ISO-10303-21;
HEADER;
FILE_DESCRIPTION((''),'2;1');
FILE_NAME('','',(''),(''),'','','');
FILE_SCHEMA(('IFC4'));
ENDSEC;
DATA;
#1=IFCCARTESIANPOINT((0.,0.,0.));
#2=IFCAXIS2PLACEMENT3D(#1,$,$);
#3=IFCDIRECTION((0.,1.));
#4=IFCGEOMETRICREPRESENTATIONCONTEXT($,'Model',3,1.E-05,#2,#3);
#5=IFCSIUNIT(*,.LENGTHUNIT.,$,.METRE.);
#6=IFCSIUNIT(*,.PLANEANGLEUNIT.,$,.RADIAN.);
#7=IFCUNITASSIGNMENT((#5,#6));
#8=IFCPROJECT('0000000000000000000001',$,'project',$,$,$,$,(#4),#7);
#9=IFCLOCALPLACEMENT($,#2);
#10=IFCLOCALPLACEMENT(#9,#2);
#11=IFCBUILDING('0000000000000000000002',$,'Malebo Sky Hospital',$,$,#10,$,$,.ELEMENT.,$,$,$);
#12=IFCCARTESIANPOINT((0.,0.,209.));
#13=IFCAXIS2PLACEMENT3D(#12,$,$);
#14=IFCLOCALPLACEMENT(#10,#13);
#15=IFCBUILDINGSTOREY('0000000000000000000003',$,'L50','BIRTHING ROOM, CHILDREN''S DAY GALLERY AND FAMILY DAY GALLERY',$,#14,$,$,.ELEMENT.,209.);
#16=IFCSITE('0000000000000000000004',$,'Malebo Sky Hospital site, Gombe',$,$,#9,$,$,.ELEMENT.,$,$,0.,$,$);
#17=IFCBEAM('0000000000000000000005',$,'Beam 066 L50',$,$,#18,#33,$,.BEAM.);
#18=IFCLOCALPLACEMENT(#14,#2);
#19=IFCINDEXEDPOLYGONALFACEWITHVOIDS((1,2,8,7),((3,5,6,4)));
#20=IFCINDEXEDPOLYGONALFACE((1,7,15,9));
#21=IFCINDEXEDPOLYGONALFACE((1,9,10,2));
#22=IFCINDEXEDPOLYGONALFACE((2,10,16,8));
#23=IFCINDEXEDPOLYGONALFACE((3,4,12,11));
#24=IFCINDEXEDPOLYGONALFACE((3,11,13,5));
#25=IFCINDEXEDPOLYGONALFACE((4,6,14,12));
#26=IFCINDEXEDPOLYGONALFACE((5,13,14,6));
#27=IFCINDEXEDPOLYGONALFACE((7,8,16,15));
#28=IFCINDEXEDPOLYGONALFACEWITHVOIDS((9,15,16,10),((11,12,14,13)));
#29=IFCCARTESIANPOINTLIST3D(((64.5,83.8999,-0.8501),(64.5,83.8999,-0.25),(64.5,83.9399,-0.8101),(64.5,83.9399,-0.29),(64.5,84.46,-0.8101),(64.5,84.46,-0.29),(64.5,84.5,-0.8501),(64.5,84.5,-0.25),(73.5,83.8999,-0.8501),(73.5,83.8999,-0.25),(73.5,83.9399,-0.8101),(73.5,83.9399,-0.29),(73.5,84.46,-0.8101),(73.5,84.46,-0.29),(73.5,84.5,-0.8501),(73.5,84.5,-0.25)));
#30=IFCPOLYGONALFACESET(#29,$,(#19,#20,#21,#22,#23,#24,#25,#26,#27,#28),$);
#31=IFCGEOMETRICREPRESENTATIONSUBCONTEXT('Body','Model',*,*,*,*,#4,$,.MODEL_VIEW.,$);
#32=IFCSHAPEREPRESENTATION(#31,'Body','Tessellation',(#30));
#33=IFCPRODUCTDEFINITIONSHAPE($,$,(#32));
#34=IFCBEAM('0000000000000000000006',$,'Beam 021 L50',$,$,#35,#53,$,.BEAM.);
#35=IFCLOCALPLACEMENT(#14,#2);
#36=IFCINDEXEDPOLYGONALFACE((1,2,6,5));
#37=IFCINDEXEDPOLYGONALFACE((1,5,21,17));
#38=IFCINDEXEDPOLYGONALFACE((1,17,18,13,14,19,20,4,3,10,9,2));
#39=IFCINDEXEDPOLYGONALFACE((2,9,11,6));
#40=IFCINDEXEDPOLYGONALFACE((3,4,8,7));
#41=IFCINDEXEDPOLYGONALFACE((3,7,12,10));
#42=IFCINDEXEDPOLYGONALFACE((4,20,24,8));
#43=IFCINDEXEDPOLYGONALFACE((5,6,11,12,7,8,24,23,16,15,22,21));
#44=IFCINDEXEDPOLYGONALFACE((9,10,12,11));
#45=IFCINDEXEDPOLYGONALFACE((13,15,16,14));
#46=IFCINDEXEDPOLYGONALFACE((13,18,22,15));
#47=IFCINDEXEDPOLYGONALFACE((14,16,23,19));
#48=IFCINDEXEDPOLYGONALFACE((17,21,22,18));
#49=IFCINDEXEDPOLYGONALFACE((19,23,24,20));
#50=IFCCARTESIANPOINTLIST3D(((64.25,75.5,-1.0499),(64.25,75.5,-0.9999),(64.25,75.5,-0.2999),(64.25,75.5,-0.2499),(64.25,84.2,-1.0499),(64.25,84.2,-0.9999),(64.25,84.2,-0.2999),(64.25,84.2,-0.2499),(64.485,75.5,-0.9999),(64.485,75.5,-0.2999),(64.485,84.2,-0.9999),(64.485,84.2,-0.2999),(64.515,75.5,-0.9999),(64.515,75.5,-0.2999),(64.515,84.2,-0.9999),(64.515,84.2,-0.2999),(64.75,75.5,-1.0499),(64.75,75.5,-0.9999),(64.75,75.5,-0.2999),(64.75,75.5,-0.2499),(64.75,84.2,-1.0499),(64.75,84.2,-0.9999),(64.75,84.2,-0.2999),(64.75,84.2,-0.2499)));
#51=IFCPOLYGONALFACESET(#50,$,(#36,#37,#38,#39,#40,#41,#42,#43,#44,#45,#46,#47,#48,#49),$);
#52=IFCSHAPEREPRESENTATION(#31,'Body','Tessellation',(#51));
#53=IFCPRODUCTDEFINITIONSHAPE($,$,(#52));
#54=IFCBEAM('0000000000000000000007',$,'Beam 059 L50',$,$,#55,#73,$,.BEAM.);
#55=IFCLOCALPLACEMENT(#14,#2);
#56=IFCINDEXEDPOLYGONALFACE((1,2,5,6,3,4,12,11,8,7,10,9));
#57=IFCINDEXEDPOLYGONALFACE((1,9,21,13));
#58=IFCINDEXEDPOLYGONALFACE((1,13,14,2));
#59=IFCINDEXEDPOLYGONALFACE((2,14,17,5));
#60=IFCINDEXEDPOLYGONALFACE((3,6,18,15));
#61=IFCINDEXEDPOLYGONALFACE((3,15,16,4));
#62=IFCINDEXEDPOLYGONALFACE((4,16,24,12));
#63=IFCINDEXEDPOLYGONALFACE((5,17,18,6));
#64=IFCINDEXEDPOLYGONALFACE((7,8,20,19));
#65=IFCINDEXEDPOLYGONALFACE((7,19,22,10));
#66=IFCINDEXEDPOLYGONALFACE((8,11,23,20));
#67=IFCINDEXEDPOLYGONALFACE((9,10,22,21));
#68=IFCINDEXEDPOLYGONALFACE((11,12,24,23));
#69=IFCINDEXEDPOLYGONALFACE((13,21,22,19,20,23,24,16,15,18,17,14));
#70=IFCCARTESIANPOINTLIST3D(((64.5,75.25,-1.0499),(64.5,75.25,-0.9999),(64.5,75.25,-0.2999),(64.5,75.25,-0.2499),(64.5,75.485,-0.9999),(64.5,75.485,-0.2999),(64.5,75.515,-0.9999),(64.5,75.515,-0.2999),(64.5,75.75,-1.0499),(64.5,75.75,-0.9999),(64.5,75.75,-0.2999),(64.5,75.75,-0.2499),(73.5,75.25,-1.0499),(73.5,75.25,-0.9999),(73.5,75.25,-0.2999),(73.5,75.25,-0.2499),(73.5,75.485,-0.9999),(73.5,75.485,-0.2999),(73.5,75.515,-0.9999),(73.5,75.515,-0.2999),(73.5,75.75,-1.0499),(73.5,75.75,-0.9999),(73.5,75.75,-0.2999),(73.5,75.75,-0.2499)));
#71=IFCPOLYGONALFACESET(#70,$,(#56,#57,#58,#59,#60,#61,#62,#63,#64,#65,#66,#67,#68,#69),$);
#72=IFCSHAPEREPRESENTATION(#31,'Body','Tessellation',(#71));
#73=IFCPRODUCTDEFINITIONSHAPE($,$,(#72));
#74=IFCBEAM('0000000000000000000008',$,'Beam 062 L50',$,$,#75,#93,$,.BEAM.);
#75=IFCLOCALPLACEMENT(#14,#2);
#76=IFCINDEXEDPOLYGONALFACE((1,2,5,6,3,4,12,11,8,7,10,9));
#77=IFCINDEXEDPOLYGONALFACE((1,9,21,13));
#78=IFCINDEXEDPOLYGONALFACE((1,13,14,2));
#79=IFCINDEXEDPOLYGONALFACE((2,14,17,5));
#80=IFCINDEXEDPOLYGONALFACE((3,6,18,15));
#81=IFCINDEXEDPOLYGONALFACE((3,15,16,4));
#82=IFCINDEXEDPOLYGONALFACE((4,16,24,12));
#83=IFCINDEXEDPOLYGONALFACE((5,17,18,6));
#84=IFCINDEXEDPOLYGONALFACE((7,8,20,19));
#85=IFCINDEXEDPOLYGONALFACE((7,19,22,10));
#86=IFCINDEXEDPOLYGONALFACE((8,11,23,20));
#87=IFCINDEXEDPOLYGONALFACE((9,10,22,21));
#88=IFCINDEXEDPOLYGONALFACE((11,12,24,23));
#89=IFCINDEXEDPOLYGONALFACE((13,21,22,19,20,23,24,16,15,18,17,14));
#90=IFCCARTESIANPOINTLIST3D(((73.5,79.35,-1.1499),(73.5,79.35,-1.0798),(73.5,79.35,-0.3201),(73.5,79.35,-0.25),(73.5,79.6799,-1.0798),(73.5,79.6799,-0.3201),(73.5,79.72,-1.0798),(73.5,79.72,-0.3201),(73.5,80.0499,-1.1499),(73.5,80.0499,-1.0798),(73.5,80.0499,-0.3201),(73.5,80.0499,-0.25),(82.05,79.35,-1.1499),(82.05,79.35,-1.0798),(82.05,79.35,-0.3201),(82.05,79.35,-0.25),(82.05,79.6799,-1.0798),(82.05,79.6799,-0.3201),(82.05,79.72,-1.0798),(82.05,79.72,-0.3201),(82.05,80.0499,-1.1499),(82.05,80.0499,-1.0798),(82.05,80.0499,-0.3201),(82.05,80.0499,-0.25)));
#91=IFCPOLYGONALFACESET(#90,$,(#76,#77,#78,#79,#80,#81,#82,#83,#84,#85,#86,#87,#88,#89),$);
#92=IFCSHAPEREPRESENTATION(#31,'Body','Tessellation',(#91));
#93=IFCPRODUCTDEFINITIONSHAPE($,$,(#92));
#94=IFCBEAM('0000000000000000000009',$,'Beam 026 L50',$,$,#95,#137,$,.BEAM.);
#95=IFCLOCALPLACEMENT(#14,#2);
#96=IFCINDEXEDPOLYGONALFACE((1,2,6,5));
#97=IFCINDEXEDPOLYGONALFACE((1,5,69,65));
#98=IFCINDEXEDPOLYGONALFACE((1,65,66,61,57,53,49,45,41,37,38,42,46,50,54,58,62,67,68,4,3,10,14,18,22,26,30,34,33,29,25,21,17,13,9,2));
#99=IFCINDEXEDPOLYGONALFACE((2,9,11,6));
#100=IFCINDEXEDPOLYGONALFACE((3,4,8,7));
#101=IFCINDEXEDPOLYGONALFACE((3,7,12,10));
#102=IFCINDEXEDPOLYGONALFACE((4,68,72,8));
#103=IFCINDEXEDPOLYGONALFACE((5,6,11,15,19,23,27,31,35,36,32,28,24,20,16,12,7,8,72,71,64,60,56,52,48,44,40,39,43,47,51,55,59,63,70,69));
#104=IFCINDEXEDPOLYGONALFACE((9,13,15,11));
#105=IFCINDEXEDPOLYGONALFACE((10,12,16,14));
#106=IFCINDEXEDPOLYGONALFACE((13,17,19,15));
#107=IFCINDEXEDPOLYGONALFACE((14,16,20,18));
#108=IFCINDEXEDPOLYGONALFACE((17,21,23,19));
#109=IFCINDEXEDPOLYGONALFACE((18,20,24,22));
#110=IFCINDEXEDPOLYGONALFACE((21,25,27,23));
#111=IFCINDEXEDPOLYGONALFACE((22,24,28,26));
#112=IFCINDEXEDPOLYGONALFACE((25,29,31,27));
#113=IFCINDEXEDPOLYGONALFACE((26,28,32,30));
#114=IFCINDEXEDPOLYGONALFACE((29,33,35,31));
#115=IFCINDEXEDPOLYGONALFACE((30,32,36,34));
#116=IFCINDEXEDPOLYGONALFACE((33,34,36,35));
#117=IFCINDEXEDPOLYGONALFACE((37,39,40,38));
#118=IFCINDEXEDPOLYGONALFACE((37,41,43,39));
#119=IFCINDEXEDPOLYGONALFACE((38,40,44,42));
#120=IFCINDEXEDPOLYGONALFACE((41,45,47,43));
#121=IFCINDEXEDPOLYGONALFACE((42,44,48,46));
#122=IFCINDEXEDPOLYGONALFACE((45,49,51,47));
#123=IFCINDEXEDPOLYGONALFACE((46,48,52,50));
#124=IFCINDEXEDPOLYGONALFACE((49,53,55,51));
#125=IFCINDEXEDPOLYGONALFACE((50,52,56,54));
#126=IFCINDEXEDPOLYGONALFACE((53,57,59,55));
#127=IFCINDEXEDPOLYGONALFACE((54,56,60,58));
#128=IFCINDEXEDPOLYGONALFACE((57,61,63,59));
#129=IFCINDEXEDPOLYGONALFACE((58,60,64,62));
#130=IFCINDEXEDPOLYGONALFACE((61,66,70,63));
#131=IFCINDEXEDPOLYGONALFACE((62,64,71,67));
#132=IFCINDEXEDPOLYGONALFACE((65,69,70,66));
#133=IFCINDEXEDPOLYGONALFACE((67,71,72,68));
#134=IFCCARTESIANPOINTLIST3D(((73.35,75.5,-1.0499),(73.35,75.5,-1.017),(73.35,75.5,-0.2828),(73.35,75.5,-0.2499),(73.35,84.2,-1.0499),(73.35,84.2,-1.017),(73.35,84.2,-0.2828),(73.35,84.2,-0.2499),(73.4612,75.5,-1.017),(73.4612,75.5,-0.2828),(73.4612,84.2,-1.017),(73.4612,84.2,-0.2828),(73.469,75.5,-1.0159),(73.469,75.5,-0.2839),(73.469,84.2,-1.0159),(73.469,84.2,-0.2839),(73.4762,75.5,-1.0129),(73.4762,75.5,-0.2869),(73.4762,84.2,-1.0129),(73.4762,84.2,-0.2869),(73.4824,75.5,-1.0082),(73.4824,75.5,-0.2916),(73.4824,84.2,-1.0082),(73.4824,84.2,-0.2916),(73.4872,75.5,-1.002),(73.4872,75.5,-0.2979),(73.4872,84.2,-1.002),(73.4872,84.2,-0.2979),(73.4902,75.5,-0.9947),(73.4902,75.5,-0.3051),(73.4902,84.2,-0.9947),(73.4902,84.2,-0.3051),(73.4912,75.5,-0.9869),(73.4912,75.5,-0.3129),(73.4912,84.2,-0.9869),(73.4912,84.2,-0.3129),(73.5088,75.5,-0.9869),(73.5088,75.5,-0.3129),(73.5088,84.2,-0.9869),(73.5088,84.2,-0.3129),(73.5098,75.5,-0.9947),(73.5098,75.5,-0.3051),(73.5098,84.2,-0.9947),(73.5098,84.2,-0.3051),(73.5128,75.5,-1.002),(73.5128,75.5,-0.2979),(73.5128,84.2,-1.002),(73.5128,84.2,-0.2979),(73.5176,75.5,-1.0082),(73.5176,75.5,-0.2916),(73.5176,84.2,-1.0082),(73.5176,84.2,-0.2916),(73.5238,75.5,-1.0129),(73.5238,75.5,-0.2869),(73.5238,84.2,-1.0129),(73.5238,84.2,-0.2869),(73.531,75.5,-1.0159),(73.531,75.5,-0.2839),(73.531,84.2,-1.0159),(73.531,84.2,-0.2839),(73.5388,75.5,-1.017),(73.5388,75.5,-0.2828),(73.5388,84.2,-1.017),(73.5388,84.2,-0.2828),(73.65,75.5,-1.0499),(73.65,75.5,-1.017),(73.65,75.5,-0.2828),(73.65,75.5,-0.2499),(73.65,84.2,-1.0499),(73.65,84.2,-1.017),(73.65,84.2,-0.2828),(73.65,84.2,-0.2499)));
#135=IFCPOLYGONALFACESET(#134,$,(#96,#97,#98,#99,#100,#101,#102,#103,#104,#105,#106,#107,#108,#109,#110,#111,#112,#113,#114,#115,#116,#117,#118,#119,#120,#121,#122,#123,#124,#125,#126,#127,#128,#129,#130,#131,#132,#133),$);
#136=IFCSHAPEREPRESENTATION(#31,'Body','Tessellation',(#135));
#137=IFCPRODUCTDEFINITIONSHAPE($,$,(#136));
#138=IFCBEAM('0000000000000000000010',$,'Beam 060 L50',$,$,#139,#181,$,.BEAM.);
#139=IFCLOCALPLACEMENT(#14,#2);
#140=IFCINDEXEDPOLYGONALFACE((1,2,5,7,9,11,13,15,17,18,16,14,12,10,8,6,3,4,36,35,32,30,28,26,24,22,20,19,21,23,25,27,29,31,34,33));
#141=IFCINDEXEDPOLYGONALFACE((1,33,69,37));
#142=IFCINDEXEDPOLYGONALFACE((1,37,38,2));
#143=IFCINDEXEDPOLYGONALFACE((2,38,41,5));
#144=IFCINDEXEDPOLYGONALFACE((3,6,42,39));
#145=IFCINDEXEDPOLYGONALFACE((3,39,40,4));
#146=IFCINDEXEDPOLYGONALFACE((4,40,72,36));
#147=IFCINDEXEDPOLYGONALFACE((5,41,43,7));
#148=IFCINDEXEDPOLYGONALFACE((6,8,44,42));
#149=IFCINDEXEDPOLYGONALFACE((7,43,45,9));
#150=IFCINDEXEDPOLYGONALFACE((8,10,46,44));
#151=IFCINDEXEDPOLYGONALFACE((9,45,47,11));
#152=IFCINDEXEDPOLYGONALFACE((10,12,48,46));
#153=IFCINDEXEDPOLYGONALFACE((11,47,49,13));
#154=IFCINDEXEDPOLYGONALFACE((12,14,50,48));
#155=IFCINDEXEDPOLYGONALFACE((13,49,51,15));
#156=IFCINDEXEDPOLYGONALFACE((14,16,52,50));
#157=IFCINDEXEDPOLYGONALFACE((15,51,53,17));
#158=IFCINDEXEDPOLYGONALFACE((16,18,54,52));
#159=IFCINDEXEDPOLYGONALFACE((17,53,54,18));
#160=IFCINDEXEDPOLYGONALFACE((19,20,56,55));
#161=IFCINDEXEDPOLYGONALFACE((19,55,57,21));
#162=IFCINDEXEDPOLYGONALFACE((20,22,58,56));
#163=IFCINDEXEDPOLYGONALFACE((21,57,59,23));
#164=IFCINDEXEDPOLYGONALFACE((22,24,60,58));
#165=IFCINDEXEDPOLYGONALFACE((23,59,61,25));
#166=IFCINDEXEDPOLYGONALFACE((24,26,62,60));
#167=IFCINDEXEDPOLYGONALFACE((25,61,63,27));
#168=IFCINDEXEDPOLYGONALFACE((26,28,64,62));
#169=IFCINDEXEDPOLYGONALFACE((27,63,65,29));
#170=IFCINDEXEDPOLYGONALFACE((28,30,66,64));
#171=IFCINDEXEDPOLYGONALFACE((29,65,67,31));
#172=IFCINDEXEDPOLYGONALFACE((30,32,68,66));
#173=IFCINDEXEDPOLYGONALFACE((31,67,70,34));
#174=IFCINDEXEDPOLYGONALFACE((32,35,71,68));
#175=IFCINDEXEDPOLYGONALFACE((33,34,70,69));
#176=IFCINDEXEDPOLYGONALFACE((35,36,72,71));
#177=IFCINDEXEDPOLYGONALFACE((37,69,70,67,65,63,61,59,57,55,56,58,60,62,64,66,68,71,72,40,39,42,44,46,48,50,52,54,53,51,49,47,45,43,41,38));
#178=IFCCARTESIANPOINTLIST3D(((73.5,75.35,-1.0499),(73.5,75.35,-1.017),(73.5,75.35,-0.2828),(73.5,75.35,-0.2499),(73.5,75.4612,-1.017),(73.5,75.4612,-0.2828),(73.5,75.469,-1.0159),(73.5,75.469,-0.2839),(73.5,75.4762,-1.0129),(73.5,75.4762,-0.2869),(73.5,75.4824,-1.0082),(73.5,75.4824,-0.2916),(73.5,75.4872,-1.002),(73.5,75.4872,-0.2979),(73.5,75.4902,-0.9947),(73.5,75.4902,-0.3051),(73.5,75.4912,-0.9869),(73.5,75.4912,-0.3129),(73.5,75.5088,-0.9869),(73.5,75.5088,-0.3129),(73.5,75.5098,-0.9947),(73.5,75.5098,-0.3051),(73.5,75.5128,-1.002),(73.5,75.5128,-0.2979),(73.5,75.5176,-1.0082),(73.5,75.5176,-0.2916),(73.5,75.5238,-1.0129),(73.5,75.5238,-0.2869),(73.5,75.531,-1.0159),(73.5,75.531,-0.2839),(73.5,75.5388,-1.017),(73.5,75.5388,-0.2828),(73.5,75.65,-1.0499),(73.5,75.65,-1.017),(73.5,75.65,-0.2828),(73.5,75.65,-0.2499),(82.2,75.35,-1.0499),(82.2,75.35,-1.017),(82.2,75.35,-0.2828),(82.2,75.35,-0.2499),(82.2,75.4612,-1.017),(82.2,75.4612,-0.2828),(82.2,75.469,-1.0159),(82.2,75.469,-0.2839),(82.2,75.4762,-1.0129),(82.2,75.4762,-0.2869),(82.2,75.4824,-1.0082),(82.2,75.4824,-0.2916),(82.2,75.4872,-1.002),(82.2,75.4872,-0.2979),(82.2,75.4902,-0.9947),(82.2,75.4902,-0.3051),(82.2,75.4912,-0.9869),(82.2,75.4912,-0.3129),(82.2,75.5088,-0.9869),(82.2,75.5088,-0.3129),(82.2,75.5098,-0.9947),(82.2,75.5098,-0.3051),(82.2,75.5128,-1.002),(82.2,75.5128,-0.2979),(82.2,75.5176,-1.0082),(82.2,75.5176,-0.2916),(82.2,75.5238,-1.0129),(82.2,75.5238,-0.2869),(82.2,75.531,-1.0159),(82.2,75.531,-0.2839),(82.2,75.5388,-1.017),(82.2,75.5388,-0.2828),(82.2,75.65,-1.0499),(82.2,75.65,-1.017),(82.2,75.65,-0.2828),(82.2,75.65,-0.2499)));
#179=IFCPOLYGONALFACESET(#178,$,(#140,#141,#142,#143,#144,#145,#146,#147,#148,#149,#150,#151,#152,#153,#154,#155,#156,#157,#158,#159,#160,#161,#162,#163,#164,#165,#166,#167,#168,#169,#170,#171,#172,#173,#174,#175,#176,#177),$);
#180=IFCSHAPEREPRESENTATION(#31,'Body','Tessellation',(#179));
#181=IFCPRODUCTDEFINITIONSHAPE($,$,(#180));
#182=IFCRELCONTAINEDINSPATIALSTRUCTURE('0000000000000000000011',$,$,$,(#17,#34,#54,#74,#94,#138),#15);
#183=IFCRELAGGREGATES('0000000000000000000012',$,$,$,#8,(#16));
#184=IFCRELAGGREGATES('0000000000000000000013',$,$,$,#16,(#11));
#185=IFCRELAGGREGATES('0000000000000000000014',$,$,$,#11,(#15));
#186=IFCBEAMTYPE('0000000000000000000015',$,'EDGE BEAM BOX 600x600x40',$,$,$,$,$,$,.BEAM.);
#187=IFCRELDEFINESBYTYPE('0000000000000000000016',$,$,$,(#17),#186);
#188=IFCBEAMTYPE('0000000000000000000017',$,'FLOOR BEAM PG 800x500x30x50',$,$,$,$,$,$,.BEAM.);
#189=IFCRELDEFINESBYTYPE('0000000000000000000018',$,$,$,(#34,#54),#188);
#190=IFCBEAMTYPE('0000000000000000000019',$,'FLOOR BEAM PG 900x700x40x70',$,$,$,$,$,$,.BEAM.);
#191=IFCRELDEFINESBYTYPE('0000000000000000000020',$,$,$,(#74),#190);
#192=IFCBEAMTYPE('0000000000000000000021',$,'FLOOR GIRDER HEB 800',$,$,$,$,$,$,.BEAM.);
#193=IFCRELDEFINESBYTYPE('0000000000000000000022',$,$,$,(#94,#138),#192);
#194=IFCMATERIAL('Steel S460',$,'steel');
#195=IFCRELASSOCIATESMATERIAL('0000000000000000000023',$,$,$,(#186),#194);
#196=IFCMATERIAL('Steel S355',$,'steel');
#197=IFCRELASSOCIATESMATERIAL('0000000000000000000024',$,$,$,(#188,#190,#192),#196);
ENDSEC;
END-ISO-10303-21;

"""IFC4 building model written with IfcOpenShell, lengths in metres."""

from ifc_helpers import new_model, si_unit, direction, frame, origin, origin_2d, place, context, subcontext, project, spatial, hollow_rectangle, i_section, extrude, material, material_profile, profile_set, type_object, element, save


model = new_model("IFC4")

# Units and contexts
model_context = context("Model", 3, precision=1e-05, world=origin(), true_north=direction((0.0, 1.0)))
body_context = subcontext(model_context, "Body", "Model", "MODEL_VIEW")
ifc_project = project(units=[si_unit("LENGTHUNIT", "METRE"), si_unit("PLANEANGLEUNIT", "RADIAN")], contexts=[model_context])

# Site, building, storey
site_placement = place(None, origin())
site = spatial("IfcSite", under=ifc_project, at=site_placement, Name="Malebo Sky Hospital site, Gombe", CompositionType="ELEMENT", RefElevation=0.0)
building_placement = place(site_placement, origin())
building = spatial("IfcBuilding", under=site, at=building_placement, Name="Malebo Sky Hospital", CompositionType="ELEMENT")
storey_placement = place(building_placement, frame((0.0, 0.0, 209.0)))
storey = spatial("IfcBuildingStorey", under=building, at=storey_placement, Name="L50", Description="BIRTHING ROOM, CHILDREN'S DAY GALLERY AND FAMILY DAY GALLERY", CompositionType="ELEMENT", Elevation=209.0)

# Shared definitions
ifc_material_1 = material(Name="Steel S460", Category="steel")

# Beams
ifc_material_profile_1 = material_profile(ifc_material_1, hollow_rectangle(XDim=0.6001, YDim=0.6001, WallThickness=0.04, at=origin_2d()), Name="BOX 600x600x40")
ifc_profile_set_1 = profile_set([ifc_material_profile_1], Name="Steel S460")
beam_type_1 = type_object("IfcBeamType", Name="EDGE BEAM BOX 600x600x40", PredefinedType="BEAM", material=ifc_profile_set_1)
beam_1_placement = place(storey_placement, frame((64.5, 84.2, -0.55), z_axis=(1.0, 0.0, 0.0), x_axis=(0.0, 1.0, 0.0)))
element("IfcBeam", 1, at=beam_1_placement, inside=storey, type_object=beam_type_1, Name="Beam 066 L50", PredefinedType="BEAM", context=body_context, shape_type="SweptSolid", body=[
    extrude(hollow_rectangle(XDim=0.6001, YDim=0.6001, WallThickness=0.04, at=origin_2d()), origin(), (0.0, 0.0, 1.0), 9.0),
])
ifc_material_2 = material(Name="Steel S355", Category="steel")
ifc_material_profile_2 = material_profile(ifc_material_2, i_section(OverallWidth=0.5, OverallDepth=0.8, WebThickness=0.03, FlangeThickness=0.05, at=origin_2d()), Name="PG 800x500x30x50")
ifc_profile_set_2 = profile_set([ifc_material_profile_2], Name="Steel S355")
beam_type_2 = type_object("IfcBeamType", Name="FLOOR BEAM PG 800x500x30x50", PredefinedType="BEAM", material=ifc_profile_set_2)
beam_2_placement = place(storey_placement, frame((64.5, 75.5, -0.6499), z_axis=(0.0, 1.0, 0.0), x_axis=(-1.0, 0.0, 0.0)))
element("IfcBeam", 2, at=beam_2_placement, inside=storey, type_object=beam_type_2, Name="Beam 021 L50", PredefinedType="BEAM", context=body_context, shape_type="SweptSolid", body=[
    extrude(i_section(OverallWidth=0.5, OverallDepth=0.8, WebThickness=0.03, FlangeThickness=0.05, at=origin_2d()), origin(), (0.0, 0.0, 1.0), 8.7),
])
beam_3_placement = place(storey_placement, frame((64.5, 75.5, -0.6499), z_axis=(1.0, 0.0, 0.0), x_axis=(0.0, 1.0, 0.0)))
element("IfcBeam", 3, at=beam_3_placement, inside=storey, type_object=beam_type_2, Name="Beam 059 L50", PredefinedType="BEAM", context=body_context, shape_type="SweptSolid", body=[
    extrude(i_section(OverallWidth=0.5, OverallDepth=0.8, WebThickness=0.03, FlangeThickness=0.05, at=origin_2d()), origin(), (0.0, 0.0, 1.0), 9.0),
])
ifc_material_profile_3 = material_profile(ifc_material_2, i_section(OverallWidth=0.7, OverallDepth=0.8999, WebThickness=0.04, FlangeThickness=0.0701, at=origin_2d()), Name="PG 900x700x40x70")
ifc_profile_set_3 = profile_set([ifc_material_profile_3], Name="Steel S355")
beam_type_3 = type_object("IfcBeamType", Name="FLOOR BEAM PG 900x700x40x70", PredefinedType="BEAM", material=ifc_profile_set_3)
beam_4_placement = place(storey_placement, frame((73.5, 79.7, -0.7), z_axis=(1.0, 0.0, 0.0), x_axis=(0.0, 1.0, 0.0)))
element("IfcBeam", 4, at=beam_4_placement, inside=storey, type_object=beam_type_3, Name="Beam 062 L50", PredefinedType="BEAM", context=body_context, shape_type="SweptSolid", body=[
    extrude(i_section(OverallWidth=0.7, OverallDepth=0.8999, WebThickness=0.04, FlangeThickness=0.0701, at=origin_2d()), origin(), (0.0, 0.0, 1.0), 8.55),
])
ifc_material_profile_4 = material_profile(ifc_material_2, i_section(OverallWidth=0.3, OverallDepth=0.8, WebThickness=0.0176, FlangeThickness=0.033, FilletRadius=0.03, at=origin_2d()), Name="HEB 800")
ifc_profile_set_4 = profile_set([ifc_material_profile_4], Name="Steel S355")
beam_type_4 = type_object("IfcBeamType", Name="FLOOR GIRDER HEB 800", PredefinedType="BEAM", material=ifc_profile_set_4)
for number, where, z_axis, x_axis, name in (
    (5, (73.5, 75.5, -0.6499), (0.0, 1.0, 0.0), (-1.0, 0.0, 0.0), "Beam 026 L50"),
    (6, (73.5, 75.5, -0.6499), (1.0, 0.0, 0.0), (0.0, 1.0, 0.0), "Beam 060 L50"),
):
    element("IfcBeam", number, at=place(storey_placement, frame(where, z_axis=z_axis, x_axis=x_axis)), inside=storey, type_object=beam_type_4, Name=name, PredefinedType="BEAM", context=body_context, shape_type="SweptSolid", body=[
        extrude(i_section(OverallWidth=0.3, OverallDepth=0.8, WebThickness=0.0176, FlangeThickness=0.033, FilletRadius=0.03, at=origin_2d()), origin(), (0.0, 0.0, 1.0), 8.7),
    ])

save(model, "model.ifc")
